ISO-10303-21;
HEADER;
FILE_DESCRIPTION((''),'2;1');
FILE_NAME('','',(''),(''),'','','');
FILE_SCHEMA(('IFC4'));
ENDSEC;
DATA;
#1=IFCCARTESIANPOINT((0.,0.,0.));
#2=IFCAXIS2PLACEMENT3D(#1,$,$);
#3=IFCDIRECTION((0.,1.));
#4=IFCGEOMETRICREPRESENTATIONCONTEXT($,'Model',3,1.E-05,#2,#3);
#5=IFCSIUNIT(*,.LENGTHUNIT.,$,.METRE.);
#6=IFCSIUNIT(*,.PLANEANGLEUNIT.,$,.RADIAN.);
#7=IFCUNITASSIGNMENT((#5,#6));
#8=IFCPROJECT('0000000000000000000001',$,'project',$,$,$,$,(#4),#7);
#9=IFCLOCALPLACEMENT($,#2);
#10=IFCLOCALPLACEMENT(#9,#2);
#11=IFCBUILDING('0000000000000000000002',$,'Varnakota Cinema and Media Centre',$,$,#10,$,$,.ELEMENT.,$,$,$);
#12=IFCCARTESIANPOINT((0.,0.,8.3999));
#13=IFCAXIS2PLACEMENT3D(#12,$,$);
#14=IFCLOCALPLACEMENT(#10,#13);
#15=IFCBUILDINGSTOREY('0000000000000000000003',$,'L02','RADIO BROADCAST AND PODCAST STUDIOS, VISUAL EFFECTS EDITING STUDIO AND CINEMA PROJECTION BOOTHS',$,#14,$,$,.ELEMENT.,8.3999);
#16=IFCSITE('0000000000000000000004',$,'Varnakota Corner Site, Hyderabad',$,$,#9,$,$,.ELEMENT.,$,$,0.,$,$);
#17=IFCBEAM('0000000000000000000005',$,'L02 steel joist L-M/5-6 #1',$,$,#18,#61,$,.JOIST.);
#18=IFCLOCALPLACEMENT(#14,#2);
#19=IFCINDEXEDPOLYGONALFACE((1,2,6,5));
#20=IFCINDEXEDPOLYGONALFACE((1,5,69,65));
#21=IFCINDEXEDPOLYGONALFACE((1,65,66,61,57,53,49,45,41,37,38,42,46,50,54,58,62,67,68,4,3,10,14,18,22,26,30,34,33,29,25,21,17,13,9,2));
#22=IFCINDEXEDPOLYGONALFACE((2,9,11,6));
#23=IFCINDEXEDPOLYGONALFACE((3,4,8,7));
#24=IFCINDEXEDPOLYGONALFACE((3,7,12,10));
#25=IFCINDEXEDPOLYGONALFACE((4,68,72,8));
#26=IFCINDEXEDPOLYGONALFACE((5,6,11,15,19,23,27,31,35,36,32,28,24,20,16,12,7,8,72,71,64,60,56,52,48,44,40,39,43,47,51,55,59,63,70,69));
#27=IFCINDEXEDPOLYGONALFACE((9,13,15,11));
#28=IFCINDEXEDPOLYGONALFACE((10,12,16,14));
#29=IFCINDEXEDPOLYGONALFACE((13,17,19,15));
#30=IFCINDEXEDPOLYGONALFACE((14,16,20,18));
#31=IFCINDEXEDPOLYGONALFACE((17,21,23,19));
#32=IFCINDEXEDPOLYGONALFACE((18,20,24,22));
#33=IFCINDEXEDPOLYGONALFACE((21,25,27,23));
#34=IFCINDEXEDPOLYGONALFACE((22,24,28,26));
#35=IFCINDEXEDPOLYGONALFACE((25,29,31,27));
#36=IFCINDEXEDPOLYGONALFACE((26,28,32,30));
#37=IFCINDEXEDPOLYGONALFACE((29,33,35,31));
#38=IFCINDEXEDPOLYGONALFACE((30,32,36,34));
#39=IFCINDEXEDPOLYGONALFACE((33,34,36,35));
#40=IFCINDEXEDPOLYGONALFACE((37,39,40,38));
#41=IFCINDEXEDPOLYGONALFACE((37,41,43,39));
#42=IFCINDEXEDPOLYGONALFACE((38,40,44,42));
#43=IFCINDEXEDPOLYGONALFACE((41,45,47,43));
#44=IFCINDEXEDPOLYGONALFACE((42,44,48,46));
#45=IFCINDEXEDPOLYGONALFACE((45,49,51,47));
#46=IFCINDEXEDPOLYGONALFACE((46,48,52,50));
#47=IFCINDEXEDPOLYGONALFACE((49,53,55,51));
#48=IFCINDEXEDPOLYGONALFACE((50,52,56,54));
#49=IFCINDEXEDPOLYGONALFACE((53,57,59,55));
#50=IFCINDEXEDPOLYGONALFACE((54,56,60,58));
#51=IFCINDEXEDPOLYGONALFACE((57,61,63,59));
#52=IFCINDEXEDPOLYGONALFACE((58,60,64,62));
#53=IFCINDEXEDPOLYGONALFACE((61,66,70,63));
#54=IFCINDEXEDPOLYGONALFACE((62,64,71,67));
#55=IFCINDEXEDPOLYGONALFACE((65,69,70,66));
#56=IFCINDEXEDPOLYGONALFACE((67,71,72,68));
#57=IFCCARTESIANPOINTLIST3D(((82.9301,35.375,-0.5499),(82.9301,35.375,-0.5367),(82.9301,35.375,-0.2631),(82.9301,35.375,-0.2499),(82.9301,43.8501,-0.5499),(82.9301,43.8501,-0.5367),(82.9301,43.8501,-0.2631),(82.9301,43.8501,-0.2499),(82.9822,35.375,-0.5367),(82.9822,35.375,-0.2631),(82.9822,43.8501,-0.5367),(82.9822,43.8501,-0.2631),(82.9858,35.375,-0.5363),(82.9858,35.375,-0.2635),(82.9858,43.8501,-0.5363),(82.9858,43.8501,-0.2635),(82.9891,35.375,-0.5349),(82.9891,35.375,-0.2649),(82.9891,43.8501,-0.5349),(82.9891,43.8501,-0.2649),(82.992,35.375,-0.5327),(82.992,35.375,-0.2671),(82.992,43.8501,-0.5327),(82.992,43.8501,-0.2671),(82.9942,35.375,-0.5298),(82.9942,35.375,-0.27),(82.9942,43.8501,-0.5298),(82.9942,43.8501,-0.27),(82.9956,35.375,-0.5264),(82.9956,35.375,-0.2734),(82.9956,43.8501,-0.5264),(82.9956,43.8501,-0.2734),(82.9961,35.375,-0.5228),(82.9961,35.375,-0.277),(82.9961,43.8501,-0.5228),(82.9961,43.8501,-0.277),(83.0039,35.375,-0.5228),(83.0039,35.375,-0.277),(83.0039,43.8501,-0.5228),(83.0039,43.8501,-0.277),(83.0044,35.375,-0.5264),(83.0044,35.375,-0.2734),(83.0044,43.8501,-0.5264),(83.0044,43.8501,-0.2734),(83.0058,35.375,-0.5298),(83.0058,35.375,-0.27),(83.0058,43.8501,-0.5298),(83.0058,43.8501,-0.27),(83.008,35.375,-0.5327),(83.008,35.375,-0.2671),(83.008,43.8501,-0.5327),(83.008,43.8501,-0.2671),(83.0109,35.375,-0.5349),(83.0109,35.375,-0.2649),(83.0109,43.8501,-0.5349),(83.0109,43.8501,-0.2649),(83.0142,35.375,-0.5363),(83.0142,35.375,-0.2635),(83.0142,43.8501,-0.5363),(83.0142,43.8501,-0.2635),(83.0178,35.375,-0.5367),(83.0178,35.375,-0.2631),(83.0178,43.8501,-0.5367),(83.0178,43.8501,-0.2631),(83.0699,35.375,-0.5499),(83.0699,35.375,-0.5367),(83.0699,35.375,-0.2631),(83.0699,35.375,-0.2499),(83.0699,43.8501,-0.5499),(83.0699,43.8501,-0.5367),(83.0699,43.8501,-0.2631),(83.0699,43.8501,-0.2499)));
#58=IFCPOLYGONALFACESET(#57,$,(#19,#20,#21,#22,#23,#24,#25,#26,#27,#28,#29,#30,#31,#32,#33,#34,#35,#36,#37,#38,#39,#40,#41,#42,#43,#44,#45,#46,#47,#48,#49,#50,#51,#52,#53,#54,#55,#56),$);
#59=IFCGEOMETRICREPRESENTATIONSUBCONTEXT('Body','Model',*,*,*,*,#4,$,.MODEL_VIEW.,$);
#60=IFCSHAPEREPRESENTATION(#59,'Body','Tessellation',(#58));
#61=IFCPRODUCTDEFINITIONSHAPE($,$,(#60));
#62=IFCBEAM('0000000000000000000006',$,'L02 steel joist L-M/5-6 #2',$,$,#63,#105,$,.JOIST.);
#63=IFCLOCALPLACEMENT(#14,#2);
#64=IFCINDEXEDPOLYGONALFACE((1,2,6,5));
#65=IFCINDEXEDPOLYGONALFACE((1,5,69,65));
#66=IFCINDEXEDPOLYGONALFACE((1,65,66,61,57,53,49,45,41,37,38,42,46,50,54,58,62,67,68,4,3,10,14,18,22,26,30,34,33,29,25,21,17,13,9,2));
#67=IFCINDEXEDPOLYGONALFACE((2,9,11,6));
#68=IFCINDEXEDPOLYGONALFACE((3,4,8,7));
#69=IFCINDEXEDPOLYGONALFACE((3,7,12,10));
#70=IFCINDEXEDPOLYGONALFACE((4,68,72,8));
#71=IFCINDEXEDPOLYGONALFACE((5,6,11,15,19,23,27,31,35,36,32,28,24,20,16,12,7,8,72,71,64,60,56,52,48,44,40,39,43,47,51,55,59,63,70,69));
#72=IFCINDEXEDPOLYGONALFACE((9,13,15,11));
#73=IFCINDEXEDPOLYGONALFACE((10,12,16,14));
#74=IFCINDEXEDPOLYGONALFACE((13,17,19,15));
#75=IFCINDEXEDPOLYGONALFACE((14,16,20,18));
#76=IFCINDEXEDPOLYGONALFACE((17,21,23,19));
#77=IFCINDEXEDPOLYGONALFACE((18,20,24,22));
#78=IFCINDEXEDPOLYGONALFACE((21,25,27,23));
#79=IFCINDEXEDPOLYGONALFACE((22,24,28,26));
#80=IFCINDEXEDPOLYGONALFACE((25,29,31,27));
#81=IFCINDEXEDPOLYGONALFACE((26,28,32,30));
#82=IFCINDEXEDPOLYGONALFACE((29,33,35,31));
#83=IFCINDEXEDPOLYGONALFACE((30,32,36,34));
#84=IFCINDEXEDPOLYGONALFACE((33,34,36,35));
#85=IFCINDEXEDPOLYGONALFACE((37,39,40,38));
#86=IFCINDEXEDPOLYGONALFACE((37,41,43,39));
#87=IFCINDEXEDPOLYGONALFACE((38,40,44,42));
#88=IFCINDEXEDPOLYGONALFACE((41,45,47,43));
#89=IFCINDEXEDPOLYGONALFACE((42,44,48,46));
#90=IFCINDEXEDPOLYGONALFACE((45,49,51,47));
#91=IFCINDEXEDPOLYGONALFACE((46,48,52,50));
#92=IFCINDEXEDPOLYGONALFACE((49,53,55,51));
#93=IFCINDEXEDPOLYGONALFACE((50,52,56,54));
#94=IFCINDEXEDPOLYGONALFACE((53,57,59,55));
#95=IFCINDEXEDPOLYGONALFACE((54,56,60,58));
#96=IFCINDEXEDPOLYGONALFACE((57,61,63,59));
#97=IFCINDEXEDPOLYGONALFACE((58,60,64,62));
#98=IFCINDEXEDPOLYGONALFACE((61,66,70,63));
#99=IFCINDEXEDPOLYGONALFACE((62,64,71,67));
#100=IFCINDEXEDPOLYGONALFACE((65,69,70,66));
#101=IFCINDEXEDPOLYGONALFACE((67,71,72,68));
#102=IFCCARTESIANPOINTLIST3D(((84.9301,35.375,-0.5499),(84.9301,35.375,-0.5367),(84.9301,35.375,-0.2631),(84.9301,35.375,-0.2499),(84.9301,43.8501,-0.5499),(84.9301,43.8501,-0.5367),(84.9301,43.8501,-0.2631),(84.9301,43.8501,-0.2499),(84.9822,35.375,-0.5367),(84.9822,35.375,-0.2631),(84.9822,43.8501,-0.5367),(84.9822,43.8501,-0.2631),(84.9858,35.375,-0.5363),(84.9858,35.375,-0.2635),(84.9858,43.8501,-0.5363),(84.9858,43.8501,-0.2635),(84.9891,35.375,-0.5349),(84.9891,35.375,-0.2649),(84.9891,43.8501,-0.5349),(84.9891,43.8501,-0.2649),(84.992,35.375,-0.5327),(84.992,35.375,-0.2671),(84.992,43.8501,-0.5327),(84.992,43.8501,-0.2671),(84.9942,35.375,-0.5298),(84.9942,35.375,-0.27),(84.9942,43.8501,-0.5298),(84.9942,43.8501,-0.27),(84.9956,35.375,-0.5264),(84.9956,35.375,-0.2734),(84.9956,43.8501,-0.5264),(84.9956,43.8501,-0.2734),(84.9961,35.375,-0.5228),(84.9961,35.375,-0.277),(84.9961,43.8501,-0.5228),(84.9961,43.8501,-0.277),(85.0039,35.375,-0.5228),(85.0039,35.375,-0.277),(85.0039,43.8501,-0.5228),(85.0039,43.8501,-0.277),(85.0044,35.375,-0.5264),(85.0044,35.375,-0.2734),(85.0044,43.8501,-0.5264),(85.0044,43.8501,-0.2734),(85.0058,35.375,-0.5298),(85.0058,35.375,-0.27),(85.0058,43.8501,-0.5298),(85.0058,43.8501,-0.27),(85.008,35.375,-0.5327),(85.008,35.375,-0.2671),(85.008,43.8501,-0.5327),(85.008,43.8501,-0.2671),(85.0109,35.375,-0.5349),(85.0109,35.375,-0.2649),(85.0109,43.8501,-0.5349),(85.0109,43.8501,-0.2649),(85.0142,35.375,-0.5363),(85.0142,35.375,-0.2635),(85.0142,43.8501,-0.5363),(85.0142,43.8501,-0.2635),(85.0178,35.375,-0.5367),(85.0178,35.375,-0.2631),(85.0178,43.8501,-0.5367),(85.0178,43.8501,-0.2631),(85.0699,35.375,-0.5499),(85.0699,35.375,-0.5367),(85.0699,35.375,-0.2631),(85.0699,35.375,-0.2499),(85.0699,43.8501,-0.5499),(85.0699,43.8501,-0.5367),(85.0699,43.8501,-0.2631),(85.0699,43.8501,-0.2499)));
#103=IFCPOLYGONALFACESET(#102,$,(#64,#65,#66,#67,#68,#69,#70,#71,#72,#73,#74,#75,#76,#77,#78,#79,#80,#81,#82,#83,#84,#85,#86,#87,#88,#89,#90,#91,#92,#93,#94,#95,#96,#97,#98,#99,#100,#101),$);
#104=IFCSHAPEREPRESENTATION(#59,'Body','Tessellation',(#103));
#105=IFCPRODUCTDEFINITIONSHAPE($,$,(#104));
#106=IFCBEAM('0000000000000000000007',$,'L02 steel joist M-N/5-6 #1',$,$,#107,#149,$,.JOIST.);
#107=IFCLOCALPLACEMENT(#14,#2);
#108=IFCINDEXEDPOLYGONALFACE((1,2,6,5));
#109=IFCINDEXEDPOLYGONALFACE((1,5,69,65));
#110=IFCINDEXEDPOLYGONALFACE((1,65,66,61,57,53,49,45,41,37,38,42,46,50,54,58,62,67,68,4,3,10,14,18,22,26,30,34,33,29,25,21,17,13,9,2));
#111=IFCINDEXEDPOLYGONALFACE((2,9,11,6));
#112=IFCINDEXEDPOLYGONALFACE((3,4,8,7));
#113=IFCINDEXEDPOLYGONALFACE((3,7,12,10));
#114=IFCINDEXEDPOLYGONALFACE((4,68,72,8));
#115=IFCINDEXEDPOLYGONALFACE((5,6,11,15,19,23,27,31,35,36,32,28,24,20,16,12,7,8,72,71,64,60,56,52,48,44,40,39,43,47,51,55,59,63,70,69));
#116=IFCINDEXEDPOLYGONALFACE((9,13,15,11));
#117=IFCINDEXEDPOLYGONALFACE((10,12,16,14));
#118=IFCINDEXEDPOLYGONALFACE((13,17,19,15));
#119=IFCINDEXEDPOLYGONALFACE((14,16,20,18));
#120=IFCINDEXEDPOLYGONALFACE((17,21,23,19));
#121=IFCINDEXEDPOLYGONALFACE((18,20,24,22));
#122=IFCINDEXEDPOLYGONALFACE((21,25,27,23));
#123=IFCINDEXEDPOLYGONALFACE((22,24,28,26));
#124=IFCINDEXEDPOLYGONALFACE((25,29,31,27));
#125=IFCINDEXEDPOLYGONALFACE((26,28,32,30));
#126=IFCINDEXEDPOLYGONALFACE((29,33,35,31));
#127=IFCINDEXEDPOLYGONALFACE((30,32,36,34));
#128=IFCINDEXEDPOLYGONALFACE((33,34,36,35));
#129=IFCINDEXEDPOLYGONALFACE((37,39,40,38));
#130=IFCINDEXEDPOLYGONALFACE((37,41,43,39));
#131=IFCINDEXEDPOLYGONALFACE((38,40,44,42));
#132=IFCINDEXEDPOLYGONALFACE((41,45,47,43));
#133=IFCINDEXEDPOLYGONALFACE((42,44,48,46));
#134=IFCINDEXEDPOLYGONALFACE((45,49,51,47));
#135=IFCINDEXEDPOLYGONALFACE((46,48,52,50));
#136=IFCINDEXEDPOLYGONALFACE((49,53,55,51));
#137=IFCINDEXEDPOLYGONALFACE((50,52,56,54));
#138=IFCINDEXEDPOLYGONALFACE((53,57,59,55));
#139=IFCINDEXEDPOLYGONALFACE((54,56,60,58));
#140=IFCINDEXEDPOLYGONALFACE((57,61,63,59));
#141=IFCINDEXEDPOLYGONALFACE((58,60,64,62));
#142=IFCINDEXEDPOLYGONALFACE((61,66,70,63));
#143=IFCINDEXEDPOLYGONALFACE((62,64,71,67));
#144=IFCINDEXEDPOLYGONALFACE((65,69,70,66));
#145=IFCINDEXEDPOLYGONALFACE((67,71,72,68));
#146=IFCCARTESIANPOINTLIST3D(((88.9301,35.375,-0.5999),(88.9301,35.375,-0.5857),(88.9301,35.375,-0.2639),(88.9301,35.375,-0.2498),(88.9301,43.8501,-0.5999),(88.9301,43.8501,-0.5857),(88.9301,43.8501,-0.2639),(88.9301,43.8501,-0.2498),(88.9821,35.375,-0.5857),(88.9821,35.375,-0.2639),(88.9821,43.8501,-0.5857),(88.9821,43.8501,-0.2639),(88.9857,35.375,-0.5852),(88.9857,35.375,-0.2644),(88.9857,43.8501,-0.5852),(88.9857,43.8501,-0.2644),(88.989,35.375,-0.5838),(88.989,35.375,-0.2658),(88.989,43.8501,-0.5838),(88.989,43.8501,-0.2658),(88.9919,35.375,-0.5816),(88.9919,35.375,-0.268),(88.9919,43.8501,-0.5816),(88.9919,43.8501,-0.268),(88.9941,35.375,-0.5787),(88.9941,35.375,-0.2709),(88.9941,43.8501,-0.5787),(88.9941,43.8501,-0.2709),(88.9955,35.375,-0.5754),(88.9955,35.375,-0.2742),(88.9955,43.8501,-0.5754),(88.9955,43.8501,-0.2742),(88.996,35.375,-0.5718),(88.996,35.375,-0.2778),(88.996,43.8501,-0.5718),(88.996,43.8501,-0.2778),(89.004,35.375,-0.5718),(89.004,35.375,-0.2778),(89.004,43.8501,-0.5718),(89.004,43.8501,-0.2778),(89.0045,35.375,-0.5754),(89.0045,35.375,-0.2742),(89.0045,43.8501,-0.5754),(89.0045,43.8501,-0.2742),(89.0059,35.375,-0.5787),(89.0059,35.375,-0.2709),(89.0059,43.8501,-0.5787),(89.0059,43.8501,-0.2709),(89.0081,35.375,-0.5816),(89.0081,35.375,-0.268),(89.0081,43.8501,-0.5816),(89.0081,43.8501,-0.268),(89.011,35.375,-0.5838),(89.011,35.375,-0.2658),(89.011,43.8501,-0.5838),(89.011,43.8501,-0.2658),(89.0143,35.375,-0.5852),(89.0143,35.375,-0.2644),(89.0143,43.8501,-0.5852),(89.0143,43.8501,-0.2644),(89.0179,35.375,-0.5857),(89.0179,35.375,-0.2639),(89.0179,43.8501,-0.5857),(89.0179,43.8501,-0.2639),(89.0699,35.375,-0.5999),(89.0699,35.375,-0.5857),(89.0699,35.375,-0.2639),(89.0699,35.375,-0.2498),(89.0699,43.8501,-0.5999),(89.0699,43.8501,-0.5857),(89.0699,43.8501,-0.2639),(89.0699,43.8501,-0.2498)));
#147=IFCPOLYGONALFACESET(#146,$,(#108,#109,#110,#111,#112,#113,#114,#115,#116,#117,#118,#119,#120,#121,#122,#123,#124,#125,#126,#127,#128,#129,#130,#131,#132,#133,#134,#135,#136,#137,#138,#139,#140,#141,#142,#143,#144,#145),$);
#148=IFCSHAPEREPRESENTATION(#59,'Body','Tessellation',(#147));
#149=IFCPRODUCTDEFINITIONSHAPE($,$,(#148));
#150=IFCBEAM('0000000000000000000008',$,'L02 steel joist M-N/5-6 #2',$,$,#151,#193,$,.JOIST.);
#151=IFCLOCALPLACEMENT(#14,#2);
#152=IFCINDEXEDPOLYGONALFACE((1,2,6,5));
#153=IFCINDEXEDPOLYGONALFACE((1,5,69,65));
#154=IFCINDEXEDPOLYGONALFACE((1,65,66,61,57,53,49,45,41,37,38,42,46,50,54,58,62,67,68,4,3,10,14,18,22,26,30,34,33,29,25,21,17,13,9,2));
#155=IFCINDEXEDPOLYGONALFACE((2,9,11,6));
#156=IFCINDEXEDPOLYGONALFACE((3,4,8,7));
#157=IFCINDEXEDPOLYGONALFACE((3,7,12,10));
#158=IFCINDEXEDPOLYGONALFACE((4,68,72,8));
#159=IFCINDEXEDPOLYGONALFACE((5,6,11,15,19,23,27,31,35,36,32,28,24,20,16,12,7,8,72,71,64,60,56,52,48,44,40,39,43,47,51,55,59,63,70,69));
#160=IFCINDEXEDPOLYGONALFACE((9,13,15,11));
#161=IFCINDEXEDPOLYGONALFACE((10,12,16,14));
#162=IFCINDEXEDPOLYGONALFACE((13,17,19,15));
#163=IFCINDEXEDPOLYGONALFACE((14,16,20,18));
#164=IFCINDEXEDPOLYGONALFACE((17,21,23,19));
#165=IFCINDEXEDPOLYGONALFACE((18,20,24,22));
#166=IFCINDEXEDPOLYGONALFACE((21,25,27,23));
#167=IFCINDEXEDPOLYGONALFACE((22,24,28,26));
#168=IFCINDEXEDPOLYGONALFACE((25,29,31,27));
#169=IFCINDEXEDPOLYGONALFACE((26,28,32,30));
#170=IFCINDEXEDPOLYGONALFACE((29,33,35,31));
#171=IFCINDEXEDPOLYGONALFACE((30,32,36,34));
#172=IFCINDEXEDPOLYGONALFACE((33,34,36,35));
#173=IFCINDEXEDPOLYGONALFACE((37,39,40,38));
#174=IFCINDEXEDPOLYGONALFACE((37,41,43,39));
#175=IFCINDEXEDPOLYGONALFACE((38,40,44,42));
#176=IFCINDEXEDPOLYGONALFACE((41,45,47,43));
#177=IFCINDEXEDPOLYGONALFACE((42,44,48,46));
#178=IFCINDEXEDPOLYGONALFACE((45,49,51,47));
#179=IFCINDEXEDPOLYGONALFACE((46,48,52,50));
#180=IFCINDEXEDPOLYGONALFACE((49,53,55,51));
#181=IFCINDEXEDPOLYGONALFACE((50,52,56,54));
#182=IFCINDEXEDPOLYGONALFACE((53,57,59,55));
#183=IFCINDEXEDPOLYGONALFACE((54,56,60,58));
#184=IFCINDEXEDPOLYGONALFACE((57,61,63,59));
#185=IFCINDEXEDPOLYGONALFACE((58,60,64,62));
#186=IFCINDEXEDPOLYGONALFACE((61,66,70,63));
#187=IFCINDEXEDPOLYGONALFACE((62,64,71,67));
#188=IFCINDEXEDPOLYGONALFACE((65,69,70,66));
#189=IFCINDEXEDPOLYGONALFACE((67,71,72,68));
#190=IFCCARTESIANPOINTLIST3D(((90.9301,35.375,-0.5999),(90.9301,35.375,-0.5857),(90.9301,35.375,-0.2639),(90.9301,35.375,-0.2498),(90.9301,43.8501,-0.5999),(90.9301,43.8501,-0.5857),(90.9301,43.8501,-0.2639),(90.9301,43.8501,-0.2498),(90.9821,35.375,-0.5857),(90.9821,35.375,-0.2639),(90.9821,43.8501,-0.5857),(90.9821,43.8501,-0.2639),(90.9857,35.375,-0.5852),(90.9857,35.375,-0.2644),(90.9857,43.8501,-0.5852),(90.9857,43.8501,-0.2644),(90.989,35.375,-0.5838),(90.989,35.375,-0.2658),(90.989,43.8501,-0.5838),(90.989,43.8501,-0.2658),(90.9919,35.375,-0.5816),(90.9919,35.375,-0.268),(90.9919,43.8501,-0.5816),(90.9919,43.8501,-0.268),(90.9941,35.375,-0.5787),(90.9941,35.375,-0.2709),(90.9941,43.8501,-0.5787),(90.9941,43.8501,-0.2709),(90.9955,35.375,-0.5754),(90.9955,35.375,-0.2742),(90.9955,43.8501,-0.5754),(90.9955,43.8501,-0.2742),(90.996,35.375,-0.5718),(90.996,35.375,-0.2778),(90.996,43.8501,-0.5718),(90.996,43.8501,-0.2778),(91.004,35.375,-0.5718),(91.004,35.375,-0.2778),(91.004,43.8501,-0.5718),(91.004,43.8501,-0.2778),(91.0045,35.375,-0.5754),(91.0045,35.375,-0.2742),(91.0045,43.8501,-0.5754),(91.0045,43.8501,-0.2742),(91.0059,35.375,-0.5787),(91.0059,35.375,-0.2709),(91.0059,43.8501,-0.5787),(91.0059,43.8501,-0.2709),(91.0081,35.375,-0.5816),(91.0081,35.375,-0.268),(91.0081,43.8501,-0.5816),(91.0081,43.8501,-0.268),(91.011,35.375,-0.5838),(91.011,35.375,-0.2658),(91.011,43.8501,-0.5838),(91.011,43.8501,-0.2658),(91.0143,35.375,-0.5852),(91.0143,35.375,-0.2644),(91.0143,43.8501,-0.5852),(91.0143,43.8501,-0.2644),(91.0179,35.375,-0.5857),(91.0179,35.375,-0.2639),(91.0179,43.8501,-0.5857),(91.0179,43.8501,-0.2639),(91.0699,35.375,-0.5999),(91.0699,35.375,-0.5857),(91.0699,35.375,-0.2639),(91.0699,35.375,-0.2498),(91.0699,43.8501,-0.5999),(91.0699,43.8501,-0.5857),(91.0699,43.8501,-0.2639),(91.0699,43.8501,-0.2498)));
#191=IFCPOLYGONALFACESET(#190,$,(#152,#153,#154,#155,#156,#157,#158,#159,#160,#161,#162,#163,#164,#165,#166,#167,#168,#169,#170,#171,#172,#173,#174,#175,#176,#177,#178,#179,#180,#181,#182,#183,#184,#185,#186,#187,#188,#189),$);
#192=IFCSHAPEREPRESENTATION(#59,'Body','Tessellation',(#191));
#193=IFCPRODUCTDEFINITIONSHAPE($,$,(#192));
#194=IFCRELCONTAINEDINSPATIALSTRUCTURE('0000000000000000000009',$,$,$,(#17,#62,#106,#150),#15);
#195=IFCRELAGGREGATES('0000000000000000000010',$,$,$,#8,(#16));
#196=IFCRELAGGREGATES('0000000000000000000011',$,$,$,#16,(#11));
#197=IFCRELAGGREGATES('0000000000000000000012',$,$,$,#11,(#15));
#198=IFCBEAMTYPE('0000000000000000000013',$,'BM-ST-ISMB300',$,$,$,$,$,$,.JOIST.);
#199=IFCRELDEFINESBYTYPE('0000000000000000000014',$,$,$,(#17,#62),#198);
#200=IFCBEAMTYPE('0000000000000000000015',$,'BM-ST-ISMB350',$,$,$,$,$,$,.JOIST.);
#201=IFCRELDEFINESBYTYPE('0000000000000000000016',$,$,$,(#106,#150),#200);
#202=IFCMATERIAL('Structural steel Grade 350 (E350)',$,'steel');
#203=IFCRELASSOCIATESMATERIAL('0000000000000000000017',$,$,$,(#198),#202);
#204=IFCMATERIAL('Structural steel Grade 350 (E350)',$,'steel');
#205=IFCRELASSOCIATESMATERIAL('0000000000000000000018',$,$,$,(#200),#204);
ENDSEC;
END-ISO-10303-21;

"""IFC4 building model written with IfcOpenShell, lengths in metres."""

from ifc_helpers import new_model, si_unit, direction, frame, origin, origin_2d, place, context, subcontext, project, spatial, i_section, extrude, material, material_profile, profile_set, type_object, element, save


model = new_model("IFC4")

# Units and contexts
model_context = context("Model", 3, precision=1e-05, world=origin(), true_north=direction((0.0, 1.0)))
body_context = subcontext(model_context, "Body", "Model", "MODEL_VIEW")
ifc_project = project(units=[si_unit("LENGTHUNIT", "METRE"), si_unit("PLANEANGLEUNIT", "RADIAN")], contexts=[model_context])

# Site, building, storey
site_placement = place(None, origin())
site = spatial("IfcSite", under=ifc_project, at=site_placement, Name="Varnakota Corner Site, Hyderabad", CompositionType="ELEMENT", RefElevation=0.0)
building_placement = place(site_placement, origin())
building = spatial("IfcBuilding", under=site, at=building_placement, Name="Varnakota Cinema and Media Centre", CompositionType="ELEMENT")
storey_placement = place(building_placement, frame((0.0, 0.0, 8.3999)))
storey = spatial("IfcBuildingStorey", under=building, at=storey_placement, Name="L02", Description="RADIO BROADCAST AND PODCAST STUDIOS, VISUAL EFFECTS EDITING STUDIO AND CINEMA PROJECTION BOOTHS", CompositionType="ELEMENT", Elevation=8.3999)

# Beams
ifc_material_1 = material(Name="Structural steel Grade 350 (E350)", Category="steel")
ifc_material_profile_1 = material_profile(ifc_material_1, i_section(OverallWidth=0.1399, OverallDepth=0.3, WebThickness=0.0078, FlangeThickness=0.0132, FilletRadius=0.0139, at=origin_2d()), Name="ISMB 300")
ifc_profile_set_1 = profile_set([ifc_material_profile_1], Name="Structural steel Grade 350 (E350)")
beam_type_1 = type_object("IfcBeamType", Name="BM-ST-ISMB300", PredefinedType="JOIST", material=ifc_profile_set_1)
for number, where, z_axis, x_axis, name in (
    (1, (83.0, 35.375, -0.3999), (0.0, 1.0, 0.0), (-1.0, 0.0, 0.0), "L02 steel joist L-M/5-6 #1"),
    (2, (85.0, 35.375, -0.3999), (0.0, 1.0, 0.0), (-1.0, 0.0, 0.0), "L02 steel joist L-M/5-6 #2"),
):
    element("IfcBeam", number, at=place(storey_placement, frame(where, z_axis=z_axis, x_axis=x_axis)), inside=storey, type_object=beam_type_1, Name=name, PredefinedType="JOIST", context=body_context, shape_type="SweptSolid", body=[
        extrude(i_section(OverallWidth=0.1399, OverallDepth=0.3, WebThickness=0.0078, FlangeThickness=0.0132, FilletRadius=0.0139, at=origin_2d()), origin(), (0.0, 0.0, 1.0), 8.4751),
    ])
ifc_material_2 = material(Name="Structural steel Grade 350 (E350)", Category="steel")
ifc_material_profile_2 = material_profile(ifc_material_2, i_section(OverallWidth=0.1399, OverallDepth=0.3501, WebThickness=0.0081, FlangeThickness=0.0142, FilletRadius=0.0139, at=origin_2d()), Name="ISMB 350")
ifc_profile_set_2 = profile_set([ifc_material_profile_2], Name="Structural steel Grade 350 (E350)")
beam_type_2 = type_object("IfcBeamType", Name="BM-ST-ISMB350", PredefinedType="JOIST", material=ifc_profile_set_2)
for number, where, z_axis, x_axis, name in (
    (3, (89.0, 35.375, -0.4248), (0.0, 1.0, 0.0), (-1.0, 0.0, 0.0), "L02 steel joist M-N/5-6 #1"),
    (4, (91.0, 35.375, -0.4248), (0.0, 1.0, 0.0), (-1.0, 0.0, 0.0), "L02 steel joist M-N/5-6 #2"),
):
    element("IfcBeam", number, at=place(storey_placement, frame(where, z_axis=z_axis, x_axis=x_axis)), inside=storey, type_object=beam_type_2, Name=name, PredefinedType="JOIST", context=body_context, shape_type="SweptSolid", body=[
        extrude(i_section(OverallWidth=0.1399, OverallDepth=0.3501, WebThickness=0.0081, FlangeThickness=0.0142, FilletRadius=0.0139, at=origin_2d()), origin(), (0.0, 0.0, 1.0), 8.4751),
    ])

save(model, "model.ifc")
